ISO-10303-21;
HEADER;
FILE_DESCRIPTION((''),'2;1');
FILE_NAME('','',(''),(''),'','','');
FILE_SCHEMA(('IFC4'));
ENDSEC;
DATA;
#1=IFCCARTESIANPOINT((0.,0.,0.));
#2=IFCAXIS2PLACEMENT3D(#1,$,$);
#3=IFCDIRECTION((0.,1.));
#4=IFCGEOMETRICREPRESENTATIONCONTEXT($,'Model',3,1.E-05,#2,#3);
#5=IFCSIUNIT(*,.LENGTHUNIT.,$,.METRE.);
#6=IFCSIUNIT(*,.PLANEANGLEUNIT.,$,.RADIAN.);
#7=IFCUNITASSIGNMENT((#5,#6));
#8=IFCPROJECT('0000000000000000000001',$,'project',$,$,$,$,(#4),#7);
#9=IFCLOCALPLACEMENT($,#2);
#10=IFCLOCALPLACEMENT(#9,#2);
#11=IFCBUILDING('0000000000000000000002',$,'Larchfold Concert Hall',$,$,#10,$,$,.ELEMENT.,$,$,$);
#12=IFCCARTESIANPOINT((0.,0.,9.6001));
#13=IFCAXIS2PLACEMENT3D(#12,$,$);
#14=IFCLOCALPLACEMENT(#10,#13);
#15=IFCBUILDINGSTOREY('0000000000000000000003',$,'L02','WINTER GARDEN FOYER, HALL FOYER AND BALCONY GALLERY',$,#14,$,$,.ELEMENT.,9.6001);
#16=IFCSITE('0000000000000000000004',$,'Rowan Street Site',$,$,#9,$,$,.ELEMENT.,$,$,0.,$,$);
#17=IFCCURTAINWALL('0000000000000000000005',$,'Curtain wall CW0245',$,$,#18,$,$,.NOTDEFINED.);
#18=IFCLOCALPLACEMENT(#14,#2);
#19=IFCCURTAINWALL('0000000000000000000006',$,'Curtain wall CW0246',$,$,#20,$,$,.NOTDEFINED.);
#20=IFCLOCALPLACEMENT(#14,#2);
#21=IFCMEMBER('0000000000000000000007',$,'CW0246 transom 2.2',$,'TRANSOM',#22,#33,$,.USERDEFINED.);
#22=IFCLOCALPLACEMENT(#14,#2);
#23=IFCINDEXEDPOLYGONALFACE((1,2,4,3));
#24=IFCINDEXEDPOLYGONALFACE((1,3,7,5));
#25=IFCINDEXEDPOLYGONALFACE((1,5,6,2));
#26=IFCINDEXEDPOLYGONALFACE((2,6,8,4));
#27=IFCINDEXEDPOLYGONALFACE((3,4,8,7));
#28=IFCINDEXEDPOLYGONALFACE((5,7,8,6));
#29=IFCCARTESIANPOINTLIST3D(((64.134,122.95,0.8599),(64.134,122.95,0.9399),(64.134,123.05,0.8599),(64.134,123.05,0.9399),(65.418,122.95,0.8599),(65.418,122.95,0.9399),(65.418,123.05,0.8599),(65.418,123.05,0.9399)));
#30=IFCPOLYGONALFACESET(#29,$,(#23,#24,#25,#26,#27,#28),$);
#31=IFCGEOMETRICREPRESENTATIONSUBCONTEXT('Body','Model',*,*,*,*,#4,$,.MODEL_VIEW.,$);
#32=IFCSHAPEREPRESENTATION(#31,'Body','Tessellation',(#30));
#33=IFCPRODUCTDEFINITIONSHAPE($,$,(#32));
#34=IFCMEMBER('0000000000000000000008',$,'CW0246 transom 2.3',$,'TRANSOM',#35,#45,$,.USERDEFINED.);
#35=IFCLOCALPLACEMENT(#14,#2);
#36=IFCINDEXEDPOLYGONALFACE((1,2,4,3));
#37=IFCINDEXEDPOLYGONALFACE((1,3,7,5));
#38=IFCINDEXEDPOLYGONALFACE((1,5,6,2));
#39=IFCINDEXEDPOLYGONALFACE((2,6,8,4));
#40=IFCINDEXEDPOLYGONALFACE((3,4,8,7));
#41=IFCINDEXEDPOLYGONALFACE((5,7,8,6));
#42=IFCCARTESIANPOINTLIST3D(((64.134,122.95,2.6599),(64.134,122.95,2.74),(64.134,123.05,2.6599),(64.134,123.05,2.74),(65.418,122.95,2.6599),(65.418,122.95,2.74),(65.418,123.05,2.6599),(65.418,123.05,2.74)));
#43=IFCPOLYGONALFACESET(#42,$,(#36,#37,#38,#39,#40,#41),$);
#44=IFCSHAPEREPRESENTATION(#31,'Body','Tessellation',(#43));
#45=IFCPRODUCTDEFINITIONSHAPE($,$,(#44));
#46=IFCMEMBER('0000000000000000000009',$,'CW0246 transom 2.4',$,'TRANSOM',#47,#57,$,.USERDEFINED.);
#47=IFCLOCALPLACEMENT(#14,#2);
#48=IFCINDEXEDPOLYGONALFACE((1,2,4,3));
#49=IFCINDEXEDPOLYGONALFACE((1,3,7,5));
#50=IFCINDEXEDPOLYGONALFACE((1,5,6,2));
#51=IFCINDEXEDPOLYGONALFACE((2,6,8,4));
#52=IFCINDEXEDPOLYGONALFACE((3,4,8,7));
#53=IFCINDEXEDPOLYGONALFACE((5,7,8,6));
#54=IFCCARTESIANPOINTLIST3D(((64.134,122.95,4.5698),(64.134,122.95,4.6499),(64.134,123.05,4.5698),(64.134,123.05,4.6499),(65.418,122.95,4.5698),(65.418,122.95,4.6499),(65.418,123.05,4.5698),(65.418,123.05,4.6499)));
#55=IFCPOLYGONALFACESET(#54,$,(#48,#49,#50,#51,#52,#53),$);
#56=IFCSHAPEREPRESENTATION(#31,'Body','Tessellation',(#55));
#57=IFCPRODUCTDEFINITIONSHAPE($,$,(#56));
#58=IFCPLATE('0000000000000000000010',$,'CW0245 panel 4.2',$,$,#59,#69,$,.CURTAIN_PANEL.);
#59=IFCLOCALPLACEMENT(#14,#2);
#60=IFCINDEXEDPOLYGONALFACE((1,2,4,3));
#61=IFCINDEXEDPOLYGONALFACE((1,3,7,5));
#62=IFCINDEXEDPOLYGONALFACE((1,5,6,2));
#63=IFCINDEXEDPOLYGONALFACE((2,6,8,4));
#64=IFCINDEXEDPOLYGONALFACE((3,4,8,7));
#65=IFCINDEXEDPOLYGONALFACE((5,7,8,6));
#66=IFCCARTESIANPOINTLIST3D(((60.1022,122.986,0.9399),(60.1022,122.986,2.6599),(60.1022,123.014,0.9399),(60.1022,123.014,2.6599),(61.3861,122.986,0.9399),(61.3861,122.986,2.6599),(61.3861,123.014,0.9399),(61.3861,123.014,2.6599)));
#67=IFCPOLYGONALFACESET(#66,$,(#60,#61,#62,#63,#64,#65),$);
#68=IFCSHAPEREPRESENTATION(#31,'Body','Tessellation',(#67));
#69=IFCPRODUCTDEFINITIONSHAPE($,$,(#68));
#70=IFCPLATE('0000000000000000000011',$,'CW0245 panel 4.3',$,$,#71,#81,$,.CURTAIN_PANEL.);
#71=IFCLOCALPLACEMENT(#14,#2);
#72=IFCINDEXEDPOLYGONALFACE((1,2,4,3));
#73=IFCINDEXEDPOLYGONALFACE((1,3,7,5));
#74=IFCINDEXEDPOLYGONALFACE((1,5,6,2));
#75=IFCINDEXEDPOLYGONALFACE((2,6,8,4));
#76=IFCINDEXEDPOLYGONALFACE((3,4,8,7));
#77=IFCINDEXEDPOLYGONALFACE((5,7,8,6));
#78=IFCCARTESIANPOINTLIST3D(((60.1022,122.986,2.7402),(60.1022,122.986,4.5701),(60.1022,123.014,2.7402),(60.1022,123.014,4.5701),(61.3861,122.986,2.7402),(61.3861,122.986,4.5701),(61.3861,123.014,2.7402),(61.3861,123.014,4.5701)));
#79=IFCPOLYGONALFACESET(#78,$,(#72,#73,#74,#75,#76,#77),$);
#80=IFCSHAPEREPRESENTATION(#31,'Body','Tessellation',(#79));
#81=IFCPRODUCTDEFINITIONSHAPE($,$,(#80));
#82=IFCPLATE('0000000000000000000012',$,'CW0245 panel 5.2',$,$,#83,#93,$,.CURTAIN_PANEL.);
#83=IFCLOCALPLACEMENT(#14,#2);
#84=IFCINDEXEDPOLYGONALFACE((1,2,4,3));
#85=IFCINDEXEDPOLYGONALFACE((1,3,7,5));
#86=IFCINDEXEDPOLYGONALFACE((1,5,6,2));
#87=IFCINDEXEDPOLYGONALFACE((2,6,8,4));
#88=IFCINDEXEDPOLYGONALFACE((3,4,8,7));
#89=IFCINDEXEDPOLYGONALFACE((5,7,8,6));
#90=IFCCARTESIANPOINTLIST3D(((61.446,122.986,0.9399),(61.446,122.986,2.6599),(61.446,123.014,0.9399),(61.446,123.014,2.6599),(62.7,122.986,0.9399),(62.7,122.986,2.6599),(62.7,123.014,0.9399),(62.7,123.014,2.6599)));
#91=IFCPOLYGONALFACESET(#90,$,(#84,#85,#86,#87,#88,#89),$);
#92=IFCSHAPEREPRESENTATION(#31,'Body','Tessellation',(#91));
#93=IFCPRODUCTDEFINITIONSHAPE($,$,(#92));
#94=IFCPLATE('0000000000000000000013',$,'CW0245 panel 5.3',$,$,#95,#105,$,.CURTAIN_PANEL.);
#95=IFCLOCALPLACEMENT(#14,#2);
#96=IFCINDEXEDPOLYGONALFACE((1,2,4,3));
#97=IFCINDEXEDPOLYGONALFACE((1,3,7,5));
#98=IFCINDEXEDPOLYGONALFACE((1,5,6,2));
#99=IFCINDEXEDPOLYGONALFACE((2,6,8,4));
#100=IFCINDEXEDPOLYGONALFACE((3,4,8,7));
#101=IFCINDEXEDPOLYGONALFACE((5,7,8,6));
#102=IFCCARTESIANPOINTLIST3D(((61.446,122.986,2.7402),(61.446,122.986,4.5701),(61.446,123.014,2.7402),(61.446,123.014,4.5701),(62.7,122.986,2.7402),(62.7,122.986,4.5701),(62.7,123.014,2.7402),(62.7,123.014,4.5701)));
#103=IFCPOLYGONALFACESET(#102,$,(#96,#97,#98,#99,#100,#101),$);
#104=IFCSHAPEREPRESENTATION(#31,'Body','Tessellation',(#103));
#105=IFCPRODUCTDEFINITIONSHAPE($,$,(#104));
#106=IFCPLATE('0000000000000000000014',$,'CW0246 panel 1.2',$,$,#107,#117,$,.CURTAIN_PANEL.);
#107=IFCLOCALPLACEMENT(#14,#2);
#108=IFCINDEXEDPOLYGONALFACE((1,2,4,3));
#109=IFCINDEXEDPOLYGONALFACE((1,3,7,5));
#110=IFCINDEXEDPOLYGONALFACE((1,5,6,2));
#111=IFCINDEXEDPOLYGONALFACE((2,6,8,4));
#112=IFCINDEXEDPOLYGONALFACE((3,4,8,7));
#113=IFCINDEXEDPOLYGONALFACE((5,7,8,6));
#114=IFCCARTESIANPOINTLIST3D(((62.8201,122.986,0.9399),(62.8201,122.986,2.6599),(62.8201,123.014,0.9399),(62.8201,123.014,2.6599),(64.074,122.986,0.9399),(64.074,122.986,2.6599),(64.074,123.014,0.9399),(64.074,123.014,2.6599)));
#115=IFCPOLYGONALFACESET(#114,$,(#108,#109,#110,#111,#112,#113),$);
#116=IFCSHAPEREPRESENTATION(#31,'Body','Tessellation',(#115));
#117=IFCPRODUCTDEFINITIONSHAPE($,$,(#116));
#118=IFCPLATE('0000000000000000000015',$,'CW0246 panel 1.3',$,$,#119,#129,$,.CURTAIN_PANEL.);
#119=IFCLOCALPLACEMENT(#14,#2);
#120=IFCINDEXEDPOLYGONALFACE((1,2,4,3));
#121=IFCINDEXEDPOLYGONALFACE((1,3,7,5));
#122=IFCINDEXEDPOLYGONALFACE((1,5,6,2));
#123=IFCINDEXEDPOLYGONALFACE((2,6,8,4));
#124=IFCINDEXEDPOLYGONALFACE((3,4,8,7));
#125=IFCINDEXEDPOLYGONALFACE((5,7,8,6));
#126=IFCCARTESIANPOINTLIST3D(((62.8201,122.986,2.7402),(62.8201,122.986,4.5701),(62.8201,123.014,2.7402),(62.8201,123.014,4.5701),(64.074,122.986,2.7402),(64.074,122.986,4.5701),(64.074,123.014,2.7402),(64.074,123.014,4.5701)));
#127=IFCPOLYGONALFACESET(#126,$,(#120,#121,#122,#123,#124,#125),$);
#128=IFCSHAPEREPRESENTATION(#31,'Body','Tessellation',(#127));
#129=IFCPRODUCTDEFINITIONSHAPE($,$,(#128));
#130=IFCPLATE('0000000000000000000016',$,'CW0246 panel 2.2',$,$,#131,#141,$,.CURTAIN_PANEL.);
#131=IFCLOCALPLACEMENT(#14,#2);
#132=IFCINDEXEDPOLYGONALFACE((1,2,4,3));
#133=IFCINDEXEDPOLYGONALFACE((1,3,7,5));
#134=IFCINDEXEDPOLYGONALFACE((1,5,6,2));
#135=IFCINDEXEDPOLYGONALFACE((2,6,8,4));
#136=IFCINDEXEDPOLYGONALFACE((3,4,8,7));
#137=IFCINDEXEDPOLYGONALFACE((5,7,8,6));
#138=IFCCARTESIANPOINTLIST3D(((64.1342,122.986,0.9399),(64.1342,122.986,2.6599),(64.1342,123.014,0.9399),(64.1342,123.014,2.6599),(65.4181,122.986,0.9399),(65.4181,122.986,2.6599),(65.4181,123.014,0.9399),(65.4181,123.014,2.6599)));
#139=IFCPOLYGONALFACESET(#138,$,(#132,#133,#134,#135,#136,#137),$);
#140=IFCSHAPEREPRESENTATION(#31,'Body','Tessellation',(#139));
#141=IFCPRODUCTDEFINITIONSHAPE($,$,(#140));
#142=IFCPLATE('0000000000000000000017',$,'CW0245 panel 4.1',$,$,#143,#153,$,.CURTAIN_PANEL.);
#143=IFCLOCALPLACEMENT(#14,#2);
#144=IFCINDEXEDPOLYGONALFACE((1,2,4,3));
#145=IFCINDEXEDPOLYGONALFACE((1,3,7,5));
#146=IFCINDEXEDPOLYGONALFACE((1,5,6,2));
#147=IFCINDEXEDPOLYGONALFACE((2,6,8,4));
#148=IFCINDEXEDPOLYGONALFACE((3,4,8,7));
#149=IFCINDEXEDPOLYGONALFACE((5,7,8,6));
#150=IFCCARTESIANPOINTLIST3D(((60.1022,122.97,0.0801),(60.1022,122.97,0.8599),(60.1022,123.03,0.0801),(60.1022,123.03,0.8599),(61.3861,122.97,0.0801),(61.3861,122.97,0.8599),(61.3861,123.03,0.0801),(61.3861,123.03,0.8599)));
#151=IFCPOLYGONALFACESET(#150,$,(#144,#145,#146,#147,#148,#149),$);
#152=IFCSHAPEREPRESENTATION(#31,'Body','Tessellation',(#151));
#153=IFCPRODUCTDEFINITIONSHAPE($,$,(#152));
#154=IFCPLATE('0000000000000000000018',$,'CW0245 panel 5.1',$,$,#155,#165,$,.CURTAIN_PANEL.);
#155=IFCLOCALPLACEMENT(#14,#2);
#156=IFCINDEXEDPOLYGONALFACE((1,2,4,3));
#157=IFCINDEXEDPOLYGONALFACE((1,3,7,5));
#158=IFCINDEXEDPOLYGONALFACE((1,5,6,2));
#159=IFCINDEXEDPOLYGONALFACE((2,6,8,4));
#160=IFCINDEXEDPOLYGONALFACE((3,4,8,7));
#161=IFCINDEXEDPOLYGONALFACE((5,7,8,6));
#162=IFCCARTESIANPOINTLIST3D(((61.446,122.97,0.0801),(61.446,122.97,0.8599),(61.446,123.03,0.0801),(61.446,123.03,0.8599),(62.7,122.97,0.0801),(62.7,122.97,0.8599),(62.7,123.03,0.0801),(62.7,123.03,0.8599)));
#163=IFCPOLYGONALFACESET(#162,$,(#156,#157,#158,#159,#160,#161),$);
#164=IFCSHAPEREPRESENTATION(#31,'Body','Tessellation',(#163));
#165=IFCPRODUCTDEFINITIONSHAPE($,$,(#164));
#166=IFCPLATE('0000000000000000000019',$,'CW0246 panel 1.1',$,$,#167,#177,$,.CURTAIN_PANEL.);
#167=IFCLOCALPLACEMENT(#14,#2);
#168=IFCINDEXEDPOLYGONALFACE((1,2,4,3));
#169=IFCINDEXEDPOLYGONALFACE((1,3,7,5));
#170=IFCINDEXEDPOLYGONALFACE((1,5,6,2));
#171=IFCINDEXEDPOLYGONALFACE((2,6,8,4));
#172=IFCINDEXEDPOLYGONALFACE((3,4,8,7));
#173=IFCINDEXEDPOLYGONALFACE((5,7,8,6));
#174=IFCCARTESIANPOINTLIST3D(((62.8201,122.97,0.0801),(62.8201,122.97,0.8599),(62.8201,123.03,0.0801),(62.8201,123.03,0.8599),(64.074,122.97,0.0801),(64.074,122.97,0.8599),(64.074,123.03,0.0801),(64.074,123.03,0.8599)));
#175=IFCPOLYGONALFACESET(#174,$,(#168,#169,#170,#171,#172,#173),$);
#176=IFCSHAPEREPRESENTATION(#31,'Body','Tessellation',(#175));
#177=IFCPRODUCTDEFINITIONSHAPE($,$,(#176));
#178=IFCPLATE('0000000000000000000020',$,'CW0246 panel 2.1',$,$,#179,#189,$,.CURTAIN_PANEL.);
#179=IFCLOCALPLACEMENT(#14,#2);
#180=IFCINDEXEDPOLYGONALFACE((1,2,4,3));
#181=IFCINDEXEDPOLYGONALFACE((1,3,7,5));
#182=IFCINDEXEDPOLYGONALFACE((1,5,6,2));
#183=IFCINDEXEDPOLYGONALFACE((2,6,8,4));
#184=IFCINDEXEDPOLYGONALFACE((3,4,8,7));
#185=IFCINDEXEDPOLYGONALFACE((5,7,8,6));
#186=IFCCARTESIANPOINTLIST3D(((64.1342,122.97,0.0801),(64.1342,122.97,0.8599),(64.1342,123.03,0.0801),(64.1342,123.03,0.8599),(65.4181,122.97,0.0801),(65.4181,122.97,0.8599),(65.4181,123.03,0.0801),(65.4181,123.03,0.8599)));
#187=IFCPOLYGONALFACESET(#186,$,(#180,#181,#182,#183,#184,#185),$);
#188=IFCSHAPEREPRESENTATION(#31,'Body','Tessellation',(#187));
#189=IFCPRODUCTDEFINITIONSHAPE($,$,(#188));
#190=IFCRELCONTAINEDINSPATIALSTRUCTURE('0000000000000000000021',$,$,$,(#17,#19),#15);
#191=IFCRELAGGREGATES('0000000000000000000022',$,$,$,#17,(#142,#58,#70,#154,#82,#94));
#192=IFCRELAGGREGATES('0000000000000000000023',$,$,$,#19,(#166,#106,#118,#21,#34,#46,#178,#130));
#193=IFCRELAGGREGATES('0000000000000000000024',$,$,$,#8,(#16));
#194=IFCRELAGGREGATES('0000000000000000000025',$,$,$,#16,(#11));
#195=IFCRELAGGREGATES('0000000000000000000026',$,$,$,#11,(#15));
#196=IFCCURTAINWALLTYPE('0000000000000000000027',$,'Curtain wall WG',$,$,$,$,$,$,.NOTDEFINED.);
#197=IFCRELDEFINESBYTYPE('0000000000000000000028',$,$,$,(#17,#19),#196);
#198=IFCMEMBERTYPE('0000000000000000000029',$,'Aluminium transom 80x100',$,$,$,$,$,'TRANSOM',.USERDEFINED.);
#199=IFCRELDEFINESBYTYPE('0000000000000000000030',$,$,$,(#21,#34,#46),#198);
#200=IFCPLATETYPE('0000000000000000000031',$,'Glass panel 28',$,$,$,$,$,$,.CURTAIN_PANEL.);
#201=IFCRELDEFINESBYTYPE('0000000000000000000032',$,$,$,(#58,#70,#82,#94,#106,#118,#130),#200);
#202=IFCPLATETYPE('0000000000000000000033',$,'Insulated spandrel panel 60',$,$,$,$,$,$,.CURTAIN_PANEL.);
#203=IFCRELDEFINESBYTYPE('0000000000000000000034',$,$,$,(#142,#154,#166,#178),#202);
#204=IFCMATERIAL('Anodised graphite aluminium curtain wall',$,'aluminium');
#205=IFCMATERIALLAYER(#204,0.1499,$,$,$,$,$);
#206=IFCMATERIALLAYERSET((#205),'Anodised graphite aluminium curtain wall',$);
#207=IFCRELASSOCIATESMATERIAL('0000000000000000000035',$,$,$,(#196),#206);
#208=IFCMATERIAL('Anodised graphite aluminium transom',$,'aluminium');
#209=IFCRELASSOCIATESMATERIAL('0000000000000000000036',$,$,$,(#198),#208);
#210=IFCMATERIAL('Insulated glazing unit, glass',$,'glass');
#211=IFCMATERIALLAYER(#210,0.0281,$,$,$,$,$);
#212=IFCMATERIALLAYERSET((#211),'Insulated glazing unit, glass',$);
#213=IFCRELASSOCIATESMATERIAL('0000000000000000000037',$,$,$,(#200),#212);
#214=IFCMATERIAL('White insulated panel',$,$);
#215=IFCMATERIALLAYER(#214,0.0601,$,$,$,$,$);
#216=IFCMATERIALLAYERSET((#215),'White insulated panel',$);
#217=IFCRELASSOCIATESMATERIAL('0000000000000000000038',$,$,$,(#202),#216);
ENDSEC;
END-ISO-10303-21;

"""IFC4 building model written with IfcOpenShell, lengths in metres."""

from ifc_helpers import new_model, si_unit, direction, frame, origin, origin_2d, place, context, subcontext, project, spatial, rectangle, extrude, material, layer, layer_set, material_profile, profile_set, type_object, element, aggregate, save


model = new_model("IFC4")

# Units and contexts
model_context = context("Model", 3, precision=1e-05, world=origin(), true_north=direction((0.0, 1.0)))
body_context = subcontext(model_context, "Body", "Model", "MODEL_VIEW")
ifc_project = project(units=[si_unit("LENGTHUNIT", "METRE"), si_unit("PLANEANGLEUNIT", "RADIAN")], contexts=[model_context])

# Site, building, storey
site_placement = place(None, origin())
site = spatial("IfcSite", under=ifc_project, at=site_placement, Name="Rowan Street Site", CompositionType="ELEMENT", RefElevation=0.0)
building_placement = place(site_placement, origin())
building = spatial("IfcBuilding", under=site, at=building_placement, Name="Larchfold Concert Hall", CompositionType="ELEMENT")
storey_placement = place(building_placement, frame((0.0, 0.0, 9.6001)))
storey = spatial("IfcBuildingStorey", under=building, at=storey_placement, Name="L02", Description="WINTER GARDEN FOYER, HALL FOYER AND BALCONY GALLERY", CompositionType="ELEMENT", Elevation=9.6001)

# Curtain walls
ifc_material_1 = material(Name="Anodised graphite aluminium curtain wall", Category="aluminium")
ifc_layer_1 = layer(ifc_material_1, 0.1499)
ifc_layer_set_1 = layer_set([ifc_layer_1], Name="Anodised graphite aluminium curtain wall")
curtain_wall_type = type_object("IfcCurtainWallType", Name="Curtain wall WG", PredefinedType="NOTDEFINED", material=ifc_layer_set_1)
curtain_wall_1_placement = place(storey_placement, origin())
curtain_wall_1 = element("IfcCurtainWall", 1, at=curtain_wall_1_placement, inside=storey, type_object=curtain_wall_type, Name="Curtain wall CW0245", PredefinedType="NOTDEFINED")
curtain_wall_2_placement = place(storey_placement, origin())
curtain_wall_2 = element("IfcCurtainWall", 2, at=curtain_wall_2_placement, inside=storey, type_object=curtain_wall_type, Name="Curtain wall CW0246", PredefinedType="NOTDEFINED")

# Members
ifc_material_2 = material(Name="Anodised graphite aluminium transom", Category="aluminium")
ifc_material_profile_1 = material_profile(ifc_material_2, rectangle(XDim=0.1001, YDim=0.0801, at=origin_2d()))
ifc_profile_set_1 = profile_set([ifc_material_profile_1], Name="Anodised graphite aluminium transom")
member_type_1 = type_object("IfcMemberType", Name="Aluminium transom 80x100", ElementType="TRANSOM", PredefinedType="USERDEFINED", material=ifc_profile_set_1)
member_1_placement = place(storey_placement, frame((64.134, 123.0, 0.8999), z_axis=(1.0, 0.0, 0.0), x_axis=(0.0, 1.0, 0.0)))
member_1 = element("IfcMember", 3, at=member_1_placement, type_object=member_type_1, Name="CW0246 transom 2.2", ObjectType="TRANSOM", PredefinedType="USERDEFINED", context=body_context, shape_type="SweptSolid", body=[
    extrude(rectangle(XDim=0.1001, YDim=0.0801, at=origin_2d()), origin(), (0.0, 0.0, 1.0), 1.2839),
])
member_2_placement = place(storey_placement, frame((64.134, 123.0, 2.7), z_axis=(1.0, 0.0, 0.0), x_axis=(0.0, 1.0, 0.0)))
member_2 = element("IfcMember", 4, at=member_2_placement, type_object=member_type_1, Name="CW0246 transom 2.3", ObjectType="TRANSOM", PredefinedType="USERDEFINED", context=body_context, shape_type="SweptSolid", body=[
    extrude(rectangle(XDim=0.1001, YDim=0.0801, at=origin_2d()), origin(), (0.0, 0.0, 1.0), 1.2839),
])
member_3_placement = place(storey_placement, frame((64.134, 123.0, 4.6099), z_axis=(1.0, 0.0, 0.0), x_axis=(0.0, 1.0, 0.0)))
member_3 = element("IfcMember", 5, at=member_3_placement, type_object=member_type_1, Name="CW0246 transom 2.4", ObjectType="TRANSOM", PredefinedType="USERDEFINED", context=body_context, shape_type="SweptSolid", body=[
    extrude(rectangle(XDim=0.1001, YDim=0.0801, at=origin_2d()), origin(), (0.0, 0.0, 1.0), 1.2839),
])

# Plates
ifc_material_3 = material(Name="Insulated glazing unit, glass", Category="glass")
ifc_layer_2 = layer(ifc_material_3, 0.0281)
ifc_layer_set_2 = layer_set([ifc_layer_2], Name="Insulated glazing unit, glass")
plate_type_1 = type_object("IfcPlateType", Name="Glass panel 28", PredefinedType="CURTAIN_PANEL", material=ifc_layer_set_2)
plate_1_placement = place(storey_placement, frame((60.7441, 123.0, 0.9399), z_axis=(0.0, 0.0, 1.0), x_axis=(1.0, 0.0, 0.0)))
plate_1 = element("IfcPlate", 6, at=plate_1_placement, type_object=plate_type_1, Name="CW0245 panel 4.2", PredefinedType="CURTAIN_PANEL", context=body_context, shape_type="SweptSolid", body=[
    extrude(rectangle(XDim=1.2839, YDim=0.0281, at=origin_2d()), origin(), (0.0, 0.0, 1.0), 1.72),
])
plate_2_placement = place(storey_placement, frame((60.7441, 123.0, 2.7402), z_axis=(0.0, 0.0, 1.0), x_axis=(1.0, 0.0, 0.0)))
plate_2 = element("IfcPlate", 7, at=plate_2_placement, type_object=plate_type_1, Name="CW0245 panel 4.3", PredefinedType="CURTAIN_PANEL", context=body_context, shape_type="SweptSolid", body=[
    extrude(rectangle(XDim=1.2839, YDim=0.0281, at=origin_2d()), origin(), (0.0, 0.0, 1.0), 1.8298),
])
plate_3_placement = place(storey_placement, frame((62.073, 123.0, 0.9399), z_axis=(0.0, 0.0, 1.0), x_axis=(1.0, 0.0, 0.0)))
plate_3 = element("IfcPlate", 8, at=plate_3_placement, type_object=plate_type_1, Name="CW0245 panel 5.2", PredefinedType="CURTAIN_PANEL", context=body_context, shape_type="SweptSolid", body=[
    extrude(rectangle(XDim=1.2539, YDim=0.0281, at=origin_2d()), origin(), (0.0, 0.0, 1.0), 1.72),
])
plate_4_placement = place(storey_placement, frame((62.073, 123.0, 2.7402), z_axis=(0.0, 0.0, 1.0), x_axis=(1.0, 0.0, 0.0)))
plate_4 = element("IfcPlate", 9, at=plate_4_placement, type_object=plate_type_1, Name="CW0245 panel 5.3", PredefinedType="CURTAIN_PANEL", context=body_context, shape_type="SweptSolid", body=[
    extrude(rectangle(XDim=1.2539, YDim=0.0281, at=origin_2d()), origin(), (0.0, 0.0, 1.0), 1.8298),
])
plate_5_placement = place(storey_placement, frame((63.447, 123.0, 0.9399), z_axis=(0.0, 0.0, 1.0), x_axis=(1.0, 0.0, 0.0)))
plate_5 = element("IfcPlate", 10, at=plate_5_placement, type_object=plate_type_1, Name="CW0246 panel 1.2", PredefinedType="CURTAIN_PANEL", context=body_context, shape_type="SweptSolid", body=[
    extrude(rectangle(XDim=1.2539, YDim=0.0281, at=origin_2d()), origin(), (0.0, 0.0, 1.0), 1.72),
])
plate_6_placement = place(storey_placement, frame((63.447, 123.0, 2.7402), z_axis=(0.0, 0.0, 1.0), x_axis=(1.0, 0.0, 0.0)))
plate_6 = element("IfcPlate", 11, at=plate_6_placement, type_object=plate_type_1, Name="CW0246 panel 1.3", PredefinedType="CURTAIN_PANEL", context=body_context, shape_type="SweptSolid", body=[
    extrude(rectangle(XDim=1.2539, YDim=0.0281, at=origin_2d()), origin(), (0.0, 0.0, 1.0), 1.8298),
])
plate_7_placement = place(storey_placement, frame((64.7761, 123.0, 0.9399), z_axis=(0.0, 0.0, 1.0), x_axis=(1.0, 0.0, 0.0)))
plate_7 = element("IfcPlate", 12, at=plate_7_placement, type_object=plate_type_1, Name="CW0246 panel 2.2", PredefinedType="CURTAIN_PANEL", context=body_context, shape_type="SweptSolid", body=[
    extrude(rectangle(XDim=1.2839, YDim=0.0281, at=origin_2d()), origin(), (0.0, 0.0, 1.0), 1.72),
])
ifc_material_4 = material(Name="White insulated panel")
ifc_layer_3 = layer(ifc_material_4, 0.0601)
ifc_layer_set_3 = layer_set([ifc_layer_3], Name="White insulated panel")
plate_type_2 = type_object("IfcPlateType", Name="Insulated spandrel panel 60", PredefinedType="CURTAIN_PANEL", material=ifc_layer_set_3)
plate_8_placement = place(storey_placement, frame((60.7441, 123.0, 0.0801), z_axis=(0.0, 0.0, 1.0), x_axis=(1.0, 0.0, 0.0)))
plate_8 = element("IfcPlate", 13, at=plate_8_placement, type_object=plate_type_2, Name="CW0245 panel 4.1", PredefinedType="CURTAIN_PANEL", context=body_context, shape_type="SweptSolid", body=[
    extrude(rectangle(XDim=1.2839, YDim=0.0601, at=origin_2d()), origin(), (0.0, 0.0, 1.0), 0.7798),
])
plate_9_placement = place(storey_placement, frame((62.073, 123.0, 0.0801), z_axis=(0.0, 0.0, 1.0), x_axis=(1.0, 0.0, 0.0)))
plate_9 = element("IfcPlate", 14, at=plate_9_placement, type_object=plate_type_2, Name="CW0245 panel 5.1", PredefinedType="CURTAIN_PANEL", context=body_context, shape_type="SweptSolid", body=[
    extrude(rectangle(XDim=1.2539, YDim=0.0601, at=origin_2d()), origin(), (0.0, 0.0, 1.0), 0.7798),
])
aggregate(curtain_wall_1, [plate_8, plate_1, plate_2, plate_9, plate_3, plate_4])
plate_10_placement = place(storey_placement, frame((63.447, 123.0, 0.0801), z_axis=(0.0, 0.0, 1.0), x_axis=(1.0, 0.0, 0.0)))
plate_10 = element("IfcPlate", 15, at=plate_10_placement, type_object=plate_type_2, Name="CW0246 panel 1.1", PredefinedType="CURTAIN_PANEL", context=body_context, shape_type="SweptSolid", body=[
    extrude(rectangle(XDim=1.2539, YDim=0.0601, at=origin_2d()), origin(), (0.0, 0.0, 1.0), 0.7798),
])
plate_11_placement = place(storey_placement, frame((64.7761, 123.0, 0.0801), z_axis=(0.0, 0.0, 1.0), x_axis=(1.0, 0.0, 0.0)))
plate_11 = element("IfcPlate", 16, at=plate_11_placement, type_object=plate_type_2, Name="CW0246 panel 2.1", PredefinedType="CURTAIN_PANEL", context=body_context, shape_type="SweptSolid", body=[
    extrude(rectangle(XDim=1.2839, YDim=0.0601, at=origin_2d()), origin(), (0.0, 0.0, 1.0), 0.7798),
])
aggregate(curtain_wall_2, [plate_10, plate_5, plate_6, member_1, member_2, member_3, plate_11, plate_7])

save(model, "model.ifc")
